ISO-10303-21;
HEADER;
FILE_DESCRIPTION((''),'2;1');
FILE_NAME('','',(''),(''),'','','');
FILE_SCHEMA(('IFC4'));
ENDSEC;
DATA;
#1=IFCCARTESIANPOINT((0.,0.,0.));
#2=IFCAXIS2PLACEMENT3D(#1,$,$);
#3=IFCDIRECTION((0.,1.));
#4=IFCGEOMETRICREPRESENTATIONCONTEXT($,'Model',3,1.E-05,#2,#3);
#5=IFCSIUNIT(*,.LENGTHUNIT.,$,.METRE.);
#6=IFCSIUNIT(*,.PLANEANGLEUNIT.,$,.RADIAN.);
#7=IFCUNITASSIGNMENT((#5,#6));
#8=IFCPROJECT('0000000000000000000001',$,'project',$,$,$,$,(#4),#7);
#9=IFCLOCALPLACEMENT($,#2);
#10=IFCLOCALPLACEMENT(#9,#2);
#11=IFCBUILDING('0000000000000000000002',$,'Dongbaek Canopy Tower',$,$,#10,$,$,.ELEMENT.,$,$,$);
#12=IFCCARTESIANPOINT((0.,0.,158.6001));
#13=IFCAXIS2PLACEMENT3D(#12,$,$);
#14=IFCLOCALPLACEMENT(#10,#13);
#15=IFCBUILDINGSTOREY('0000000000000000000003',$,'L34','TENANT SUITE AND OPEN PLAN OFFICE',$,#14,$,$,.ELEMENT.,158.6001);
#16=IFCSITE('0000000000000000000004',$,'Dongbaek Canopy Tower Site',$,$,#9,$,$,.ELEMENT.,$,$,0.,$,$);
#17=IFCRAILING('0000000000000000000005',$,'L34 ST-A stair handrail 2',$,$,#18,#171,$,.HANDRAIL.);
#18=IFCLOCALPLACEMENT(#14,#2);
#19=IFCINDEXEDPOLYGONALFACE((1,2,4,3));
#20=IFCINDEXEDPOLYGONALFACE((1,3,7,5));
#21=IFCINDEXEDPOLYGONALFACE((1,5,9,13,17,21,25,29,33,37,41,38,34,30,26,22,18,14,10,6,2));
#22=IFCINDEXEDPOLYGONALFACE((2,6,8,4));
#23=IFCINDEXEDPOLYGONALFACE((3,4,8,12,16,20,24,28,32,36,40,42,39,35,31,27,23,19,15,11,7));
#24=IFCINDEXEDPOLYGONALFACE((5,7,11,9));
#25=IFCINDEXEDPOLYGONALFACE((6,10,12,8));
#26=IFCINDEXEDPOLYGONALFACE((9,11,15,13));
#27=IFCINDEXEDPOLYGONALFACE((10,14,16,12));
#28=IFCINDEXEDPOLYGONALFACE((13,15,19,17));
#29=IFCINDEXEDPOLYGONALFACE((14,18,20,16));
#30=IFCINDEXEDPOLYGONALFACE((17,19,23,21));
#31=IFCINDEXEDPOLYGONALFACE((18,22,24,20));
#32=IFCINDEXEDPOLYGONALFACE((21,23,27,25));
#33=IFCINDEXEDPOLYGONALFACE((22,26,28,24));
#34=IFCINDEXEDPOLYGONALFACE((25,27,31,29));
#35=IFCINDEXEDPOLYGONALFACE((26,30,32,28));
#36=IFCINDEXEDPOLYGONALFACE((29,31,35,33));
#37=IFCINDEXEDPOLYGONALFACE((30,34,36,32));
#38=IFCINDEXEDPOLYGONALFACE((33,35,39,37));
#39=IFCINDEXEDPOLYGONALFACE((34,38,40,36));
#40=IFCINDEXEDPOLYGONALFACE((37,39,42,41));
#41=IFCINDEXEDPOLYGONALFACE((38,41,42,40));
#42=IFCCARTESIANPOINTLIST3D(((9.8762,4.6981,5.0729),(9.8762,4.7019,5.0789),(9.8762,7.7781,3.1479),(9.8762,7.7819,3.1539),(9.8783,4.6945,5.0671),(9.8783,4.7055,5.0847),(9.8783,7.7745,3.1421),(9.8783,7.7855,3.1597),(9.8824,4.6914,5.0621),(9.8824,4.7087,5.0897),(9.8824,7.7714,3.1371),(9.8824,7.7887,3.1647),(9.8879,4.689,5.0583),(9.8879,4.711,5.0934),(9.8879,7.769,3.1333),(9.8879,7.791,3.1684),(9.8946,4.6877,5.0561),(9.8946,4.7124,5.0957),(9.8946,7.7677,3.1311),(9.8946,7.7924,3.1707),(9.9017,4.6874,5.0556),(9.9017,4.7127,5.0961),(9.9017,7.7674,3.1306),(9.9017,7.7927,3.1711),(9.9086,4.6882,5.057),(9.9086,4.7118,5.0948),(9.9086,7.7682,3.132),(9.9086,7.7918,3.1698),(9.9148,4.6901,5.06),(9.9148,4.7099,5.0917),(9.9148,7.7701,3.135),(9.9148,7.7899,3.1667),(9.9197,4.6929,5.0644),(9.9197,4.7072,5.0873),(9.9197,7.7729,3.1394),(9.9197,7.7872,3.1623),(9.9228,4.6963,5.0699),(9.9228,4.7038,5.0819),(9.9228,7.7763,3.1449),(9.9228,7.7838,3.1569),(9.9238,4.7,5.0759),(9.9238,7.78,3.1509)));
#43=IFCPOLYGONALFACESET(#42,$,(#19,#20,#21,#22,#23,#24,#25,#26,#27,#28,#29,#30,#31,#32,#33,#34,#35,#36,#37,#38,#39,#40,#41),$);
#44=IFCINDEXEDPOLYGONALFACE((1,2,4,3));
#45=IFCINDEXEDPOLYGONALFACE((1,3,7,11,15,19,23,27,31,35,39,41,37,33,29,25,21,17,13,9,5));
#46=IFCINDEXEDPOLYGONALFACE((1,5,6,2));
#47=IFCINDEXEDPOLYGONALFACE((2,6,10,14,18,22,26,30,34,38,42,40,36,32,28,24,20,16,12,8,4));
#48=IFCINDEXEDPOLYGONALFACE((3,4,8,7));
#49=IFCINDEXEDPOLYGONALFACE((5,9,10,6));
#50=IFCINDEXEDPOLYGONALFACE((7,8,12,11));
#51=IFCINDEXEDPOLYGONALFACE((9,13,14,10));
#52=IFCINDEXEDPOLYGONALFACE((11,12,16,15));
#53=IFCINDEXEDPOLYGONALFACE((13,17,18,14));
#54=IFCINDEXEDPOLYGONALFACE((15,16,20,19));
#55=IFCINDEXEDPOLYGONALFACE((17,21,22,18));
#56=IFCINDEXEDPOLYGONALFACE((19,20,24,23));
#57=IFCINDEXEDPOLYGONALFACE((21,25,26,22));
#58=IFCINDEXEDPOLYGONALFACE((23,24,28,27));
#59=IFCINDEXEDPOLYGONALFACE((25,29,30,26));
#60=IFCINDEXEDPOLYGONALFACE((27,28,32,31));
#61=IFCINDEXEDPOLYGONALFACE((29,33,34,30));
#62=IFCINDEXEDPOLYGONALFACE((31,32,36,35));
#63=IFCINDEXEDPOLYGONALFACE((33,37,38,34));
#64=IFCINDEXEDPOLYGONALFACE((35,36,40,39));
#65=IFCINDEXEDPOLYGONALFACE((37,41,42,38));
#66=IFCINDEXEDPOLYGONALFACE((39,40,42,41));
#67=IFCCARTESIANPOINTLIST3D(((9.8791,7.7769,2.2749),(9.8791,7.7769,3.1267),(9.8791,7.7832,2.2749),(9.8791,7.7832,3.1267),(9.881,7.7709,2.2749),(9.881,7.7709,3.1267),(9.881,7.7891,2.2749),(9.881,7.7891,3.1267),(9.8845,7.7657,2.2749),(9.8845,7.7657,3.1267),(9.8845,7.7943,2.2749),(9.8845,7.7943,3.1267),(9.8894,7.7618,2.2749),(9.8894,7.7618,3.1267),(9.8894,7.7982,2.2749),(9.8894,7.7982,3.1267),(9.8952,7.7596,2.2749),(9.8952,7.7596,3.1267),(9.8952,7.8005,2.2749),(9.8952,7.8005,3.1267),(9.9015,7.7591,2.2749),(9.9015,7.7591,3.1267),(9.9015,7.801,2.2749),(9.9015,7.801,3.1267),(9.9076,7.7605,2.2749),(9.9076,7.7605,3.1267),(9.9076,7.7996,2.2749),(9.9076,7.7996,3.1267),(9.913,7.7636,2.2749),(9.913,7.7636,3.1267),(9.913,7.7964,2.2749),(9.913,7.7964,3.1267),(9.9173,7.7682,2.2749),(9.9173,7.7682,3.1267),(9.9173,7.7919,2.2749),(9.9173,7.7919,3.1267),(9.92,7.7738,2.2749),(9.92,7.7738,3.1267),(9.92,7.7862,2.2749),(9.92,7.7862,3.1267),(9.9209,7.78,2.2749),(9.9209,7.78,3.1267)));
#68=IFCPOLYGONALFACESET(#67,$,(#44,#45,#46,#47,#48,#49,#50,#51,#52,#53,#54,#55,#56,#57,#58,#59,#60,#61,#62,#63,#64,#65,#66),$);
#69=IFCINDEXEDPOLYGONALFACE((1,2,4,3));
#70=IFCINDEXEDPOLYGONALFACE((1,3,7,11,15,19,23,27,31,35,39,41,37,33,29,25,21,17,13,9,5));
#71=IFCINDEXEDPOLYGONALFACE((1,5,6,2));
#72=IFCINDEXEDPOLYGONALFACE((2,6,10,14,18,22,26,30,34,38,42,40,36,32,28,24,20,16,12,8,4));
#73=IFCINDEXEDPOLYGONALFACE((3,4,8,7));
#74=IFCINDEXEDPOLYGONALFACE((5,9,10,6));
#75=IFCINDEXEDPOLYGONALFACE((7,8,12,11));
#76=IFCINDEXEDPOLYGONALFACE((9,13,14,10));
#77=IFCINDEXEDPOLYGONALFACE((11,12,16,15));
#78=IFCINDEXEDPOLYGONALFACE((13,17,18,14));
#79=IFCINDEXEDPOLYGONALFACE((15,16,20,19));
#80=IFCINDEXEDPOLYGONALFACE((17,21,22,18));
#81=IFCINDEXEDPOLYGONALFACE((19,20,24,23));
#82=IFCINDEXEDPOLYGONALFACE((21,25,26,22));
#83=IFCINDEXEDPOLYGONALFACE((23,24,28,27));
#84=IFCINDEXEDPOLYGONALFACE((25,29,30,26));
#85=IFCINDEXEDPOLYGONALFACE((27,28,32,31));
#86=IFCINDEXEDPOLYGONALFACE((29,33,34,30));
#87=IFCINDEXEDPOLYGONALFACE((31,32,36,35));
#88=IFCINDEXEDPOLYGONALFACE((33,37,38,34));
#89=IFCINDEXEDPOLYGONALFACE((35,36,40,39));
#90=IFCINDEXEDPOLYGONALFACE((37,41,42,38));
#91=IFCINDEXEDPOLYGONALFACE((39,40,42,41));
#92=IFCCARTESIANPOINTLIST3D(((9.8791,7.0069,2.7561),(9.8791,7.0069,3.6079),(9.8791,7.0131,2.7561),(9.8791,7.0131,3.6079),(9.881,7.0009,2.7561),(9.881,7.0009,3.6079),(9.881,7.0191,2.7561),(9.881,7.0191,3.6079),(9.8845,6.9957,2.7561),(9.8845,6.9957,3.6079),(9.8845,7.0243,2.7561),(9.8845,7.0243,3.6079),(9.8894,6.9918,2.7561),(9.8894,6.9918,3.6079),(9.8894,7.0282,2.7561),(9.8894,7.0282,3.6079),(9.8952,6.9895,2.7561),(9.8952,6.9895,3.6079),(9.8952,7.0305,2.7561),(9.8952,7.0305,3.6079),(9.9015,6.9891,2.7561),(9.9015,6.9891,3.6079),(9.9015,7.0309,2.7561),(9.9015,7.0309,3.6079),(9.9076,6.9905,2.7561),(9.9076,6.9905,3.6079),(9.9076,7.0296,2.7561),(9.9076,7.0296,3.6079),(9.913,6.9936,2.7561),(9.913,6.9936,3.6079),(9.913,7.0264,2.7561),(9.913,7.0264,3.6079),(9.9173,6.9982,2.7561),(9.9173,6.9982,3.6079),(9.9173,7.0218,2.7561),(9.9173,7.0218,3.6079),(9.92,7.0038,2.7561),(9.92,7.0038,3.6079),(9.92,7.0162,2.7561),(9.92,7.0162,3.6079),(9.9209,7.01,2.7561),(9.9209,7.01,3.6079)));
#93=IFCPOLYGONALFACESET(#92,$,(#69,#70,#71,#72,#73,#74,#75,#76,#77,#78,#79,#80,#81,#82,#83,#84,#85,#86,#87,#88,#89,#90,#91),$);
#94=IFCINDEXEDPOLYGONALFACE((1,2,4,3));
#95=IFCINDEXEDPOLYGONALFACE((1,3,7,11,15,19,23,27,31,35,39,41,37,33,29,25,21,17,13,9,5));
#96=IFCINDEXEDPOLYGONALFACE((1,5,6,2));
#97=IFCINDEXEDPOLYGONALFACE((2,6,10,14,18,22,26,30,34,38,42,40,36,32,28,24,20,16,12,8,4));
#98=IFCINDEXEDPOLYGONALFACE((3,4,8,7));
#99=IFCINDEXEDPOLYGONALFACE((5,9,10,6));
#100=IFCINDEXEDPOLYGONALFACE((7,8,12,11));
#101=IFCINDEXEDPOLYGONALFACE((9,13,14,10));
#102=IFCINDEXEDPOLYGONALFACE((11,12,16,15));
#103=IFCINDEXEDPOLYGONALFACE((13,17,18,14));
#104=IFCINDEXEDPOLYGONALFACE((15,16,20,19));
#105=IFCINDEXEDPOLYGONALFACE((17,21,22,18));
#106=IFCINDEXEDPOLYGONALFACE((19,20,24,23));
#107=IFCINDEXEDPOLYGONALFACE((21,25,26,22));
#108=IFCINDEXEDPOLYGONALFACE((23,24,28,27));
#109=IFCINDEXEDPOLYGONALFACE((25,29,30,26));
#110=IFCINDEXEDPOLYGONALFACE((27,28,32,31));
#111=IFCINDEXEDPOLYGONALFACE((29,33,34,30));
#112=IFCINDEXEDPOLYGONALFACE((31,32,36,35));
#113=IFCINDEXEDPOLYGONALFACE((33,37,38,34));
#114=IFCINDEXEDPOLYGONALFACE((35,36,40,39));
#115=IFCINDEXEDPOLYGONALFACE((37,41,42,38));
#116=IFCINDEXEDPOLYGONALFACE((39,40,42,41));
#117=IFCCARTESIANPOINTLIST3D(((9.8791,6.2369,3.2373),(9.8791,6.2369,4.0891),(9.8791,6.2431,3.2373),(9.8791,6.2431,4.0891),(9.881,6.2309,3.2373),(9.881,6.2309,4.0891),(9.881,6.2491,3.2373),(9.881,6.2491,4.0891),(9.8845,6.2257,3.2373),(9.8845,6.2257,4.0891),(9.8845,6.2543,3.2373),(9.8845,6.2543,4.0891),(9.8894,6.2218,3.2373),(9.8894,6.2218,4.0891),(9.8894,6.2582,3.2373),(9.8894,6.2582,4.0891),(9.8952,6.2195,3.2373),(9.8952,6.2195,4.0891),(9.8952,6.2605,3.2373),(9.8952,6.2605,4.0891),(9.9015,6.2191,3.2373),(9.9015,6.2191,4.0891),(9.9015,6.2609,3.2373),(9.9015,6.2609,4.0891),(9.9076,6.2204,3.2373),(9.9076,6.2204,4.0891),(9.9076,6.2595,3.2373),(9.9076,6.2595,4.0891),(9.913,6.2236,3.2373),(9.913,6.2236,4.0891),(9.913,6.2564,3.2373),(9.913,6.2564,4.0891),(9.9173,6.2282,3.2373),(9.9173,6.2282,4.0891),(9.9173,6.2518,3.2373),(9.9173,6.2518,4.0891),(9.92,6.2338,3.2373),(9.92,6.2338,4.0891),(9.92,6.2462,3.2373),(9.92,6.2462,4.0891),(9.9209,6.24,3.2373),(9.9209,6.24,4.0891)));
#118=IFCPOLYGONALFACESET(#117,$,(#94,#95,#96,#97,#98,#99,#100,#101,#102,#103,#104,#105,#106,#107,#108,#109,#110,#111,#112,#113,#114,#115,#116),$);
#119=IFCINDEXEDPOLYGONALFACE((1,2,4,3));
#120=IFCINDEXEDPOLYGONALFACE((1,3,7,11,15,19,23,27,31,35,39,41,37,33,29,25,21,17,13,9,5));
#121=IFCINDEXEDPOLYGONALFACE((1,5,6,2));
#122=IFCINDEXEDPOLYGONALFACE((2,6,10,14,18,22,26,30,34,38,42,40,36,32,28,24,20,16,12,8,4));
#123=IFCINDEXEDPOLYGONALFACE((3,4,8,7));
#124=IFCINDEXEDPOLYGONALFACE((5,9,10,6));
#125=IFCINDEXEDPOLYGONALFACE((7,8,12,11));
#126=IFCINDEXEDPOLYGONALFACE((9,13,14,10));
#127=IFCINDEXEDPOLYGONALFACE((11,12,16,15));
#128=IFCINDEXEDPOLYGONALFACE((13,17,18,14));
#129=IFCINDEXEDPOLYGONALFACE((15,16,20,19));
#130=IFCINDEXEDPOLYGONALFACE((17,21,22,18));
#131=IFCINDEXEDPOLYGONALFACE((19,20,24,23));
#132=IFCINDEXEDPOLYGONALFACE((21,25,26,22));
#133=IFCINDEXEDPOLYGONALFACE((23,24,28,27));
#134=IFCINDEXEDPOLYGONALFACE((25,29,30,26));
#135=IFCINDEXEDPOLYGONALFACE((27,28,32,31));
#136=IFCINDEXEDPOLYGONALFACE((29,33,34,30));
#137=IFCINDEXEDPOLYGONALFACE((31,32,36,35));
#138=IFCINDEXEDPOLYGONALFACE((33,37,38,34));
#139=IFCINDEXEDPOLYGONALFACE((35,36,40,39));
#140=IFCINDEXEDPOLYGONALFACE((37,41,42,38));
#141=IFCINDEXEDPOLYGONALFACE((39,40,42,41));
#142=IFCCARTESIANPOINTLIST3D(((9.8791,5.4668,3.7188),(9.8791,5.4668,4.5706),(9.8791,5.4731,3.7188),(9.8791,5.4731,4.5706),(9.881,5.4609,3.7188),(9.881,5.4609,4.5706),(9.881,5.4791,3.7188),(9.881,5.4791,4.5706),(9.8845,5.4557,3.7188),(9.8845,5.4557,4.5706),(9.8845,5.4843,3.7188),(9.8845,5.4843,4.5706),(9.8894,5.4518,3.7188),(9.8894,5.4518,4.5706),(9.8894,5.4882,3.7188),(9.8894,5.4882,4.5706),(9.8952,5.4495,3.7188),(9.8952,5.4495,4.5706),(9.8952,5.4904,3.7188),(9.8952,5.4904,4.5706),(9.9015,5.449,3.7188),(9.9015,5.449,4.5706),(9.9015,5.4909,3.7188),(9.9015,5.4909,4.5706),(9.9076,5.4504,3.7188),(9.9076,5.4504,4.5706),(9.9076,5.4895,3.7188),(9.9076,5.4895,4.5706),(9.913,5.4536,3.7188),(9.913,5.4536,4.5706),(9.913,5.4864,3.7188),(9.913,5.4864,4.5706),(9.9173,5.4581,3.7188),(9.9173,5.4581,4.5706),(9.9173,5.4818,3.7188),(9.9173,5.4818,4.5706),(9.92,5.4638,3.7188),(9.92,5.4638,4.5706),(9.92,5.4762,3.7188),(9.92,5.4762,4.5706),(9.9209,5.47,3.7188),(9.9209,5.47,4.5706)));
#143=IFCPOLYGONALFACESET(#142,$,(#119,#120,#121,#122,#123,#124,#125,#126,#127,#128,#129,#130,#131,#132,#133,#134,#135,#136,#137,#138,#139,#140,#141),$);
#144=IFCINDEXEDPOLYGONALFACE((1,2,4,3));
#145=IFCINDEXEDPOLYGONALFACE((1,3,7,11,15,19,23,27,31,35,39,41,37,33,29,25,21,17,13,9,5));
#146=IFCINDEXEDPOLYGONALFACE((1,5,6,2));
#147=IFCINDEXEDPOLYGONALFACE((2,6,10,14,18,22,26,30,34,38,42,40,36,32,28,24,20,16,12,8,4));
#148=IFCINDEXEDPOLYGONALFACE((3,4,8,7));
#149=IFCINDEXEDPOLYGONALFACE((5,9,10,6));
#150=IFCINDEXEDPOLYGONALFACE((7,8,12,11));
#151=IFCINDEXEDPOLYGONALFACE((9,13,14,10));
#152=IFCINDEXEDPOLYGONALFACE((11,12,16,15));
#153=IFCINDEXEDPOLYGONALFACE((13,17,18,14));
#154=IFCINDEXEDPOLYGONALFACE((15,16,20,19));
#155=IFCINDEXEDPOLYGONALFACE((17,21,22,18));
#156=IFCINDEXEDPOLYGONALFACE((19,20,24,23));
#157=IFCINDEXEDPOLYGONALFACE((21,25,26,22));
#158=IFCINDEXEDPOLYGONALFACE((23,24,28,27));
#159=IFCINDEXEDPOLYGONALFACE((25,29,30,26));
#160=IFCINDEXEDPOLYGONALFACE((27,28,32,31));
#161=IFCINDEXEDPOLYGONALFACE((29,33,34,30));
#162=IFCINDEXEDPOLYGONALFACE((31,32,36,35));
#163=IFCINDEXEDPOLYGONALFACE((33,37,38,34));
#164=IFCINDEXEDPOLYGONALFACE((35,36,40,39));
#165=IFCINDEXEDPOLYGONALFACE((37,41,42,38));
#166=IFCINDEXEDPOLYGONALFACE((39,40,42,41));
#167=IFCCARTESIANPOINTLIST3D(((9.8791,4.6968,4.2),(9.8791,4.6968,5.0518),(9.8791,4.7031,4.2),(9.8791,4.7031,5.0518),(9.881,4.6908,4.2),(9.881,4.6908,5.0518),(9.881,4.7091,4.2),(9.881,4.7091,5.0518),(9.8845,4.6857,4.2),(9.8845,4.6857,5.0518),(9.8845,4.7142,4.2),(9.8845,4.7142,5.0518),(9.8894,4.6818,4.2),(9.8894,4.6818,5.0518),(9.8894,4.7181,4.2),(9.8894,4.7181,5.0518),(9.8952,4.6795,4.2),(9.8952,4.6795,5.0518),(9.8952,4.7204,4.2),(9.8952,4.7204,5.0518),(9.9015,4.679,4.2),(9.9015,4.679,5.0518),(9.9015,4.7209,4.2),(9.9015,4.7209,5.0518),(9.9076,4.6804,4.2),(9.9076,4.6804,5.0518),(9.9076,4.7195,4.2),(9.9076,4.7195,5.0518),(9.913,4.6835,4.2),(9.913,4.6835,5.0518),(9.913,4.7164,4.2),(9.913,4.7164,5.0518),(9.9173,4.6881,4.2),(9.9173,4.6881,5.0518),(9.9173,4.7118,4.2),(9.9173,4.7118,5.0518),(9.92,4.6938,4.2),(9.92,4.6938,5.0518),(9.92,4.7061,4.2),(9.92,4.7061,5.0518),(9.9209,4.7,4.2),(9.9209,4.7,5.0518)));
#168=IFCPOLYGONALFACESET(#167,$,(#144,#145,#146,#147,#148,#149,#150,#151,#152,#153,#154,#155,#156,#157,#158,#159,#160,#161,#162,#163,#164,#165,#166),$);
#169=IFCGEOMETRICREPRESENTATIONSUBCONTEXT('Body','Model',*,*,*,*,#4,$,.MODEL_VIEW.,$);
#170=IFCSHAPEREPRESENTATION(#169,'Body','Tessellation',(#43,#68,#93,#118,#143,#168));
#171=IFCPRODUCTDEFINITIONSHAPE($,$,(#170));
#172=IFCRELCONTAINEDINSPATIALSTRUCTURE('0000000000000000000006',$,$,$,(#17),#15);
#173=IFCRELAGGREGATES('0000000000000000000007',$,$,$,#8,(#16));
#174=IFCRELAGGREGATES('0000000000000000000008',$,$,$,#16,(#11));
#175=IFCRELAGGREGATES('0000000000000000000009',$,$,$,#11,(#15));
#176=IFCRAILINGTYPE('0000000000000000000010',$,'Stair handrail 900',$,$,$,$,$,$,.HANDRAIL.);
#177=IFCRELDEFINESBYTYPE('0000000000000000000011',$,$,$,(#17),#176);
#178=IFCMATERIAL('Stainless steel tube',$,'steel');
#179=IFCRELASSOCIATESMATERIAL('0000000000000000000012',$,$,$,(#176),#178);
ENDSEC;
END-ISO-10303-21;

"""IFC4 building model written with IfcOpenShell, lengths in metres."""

from ifc_helpers import new_model, si_unit, direction, frame, origin, origin_2d, place, context, subcontext, project, spatial, circle, extrude, material, type_object, element, save


model = new_model("IFC4")

# Units and contexts
model_context = context("Model", 3, precision=1e-05, world=origin(), true_north=direction((0.0, 1.0)))
body_context = subcontext(model_context, "Body", "Model", "MODEL_VIEW")
ifc_project = project(units=[si_unit("LENGTHUNIT", "METRE"), si_unit("PLANEANGLEUNIT", "RADIAN")], contexts=[model_context])

# Site, building, storey
site_placement = place(None, origin())
site = spatial("IfcSite", under=ifc_project, at=site_placement, Name="Dongbaek Canopy Tower Site", CompositionType="ELEMENT", RefElevation=0.0)
building_placement = place(site_placement, origin())
building = spatial("IfcBuilding", under=site, at=building_placement, Name="Dongbaek Canopy Tower", CompositionType="ELEMENT")
storey_placement = place(building_placement, frame((0.0, 0.0, 158.6001)))
storey = spatial("IfcBuildingStorey", under=building, at=storey_placement, Name="L34", Description="TENANT SUITE AND OPEN PLAN OFFICE", CompositionType="ELEMENT", Elevation=158.6001)

# Railing
ifc_material_1 = material(Name="Stainless steel tube", Category="steel")
railing_type_1 = type_object("IfcRailingType", Name="Stair handrail 900", PredefinedType="HANDRAIL", material=ifc_material_1)
railing_1_placement = place(storey_placement, frame((9.8999, 7.78, 2.2749)))
element("IfcRailing", 1, at=railing_1_placement, inside=storey, type_object=railing_type_1, Name="L34 ST-A stair handrail 2", PredefinedType="HANDRAIL", context=body_context, shape_type="SweptSolid", body=[
    extrude(circle(Radius=0.0239, at=origin_2d()), frame((0.0, 0.0, 0.876), z_axis=(0.0, -0.847998, 0.529999), x_axis=(1.0, 0.0, 0.0)), (0.0, 0.0, 1.0), 3.6321),
    extrude(circle(Radius=0.021, at=origin_2d()), origin(), (0.0, 0.0, 1.0), 0.8518),
    extrude(circle(Radius=0.021, at=origin_2d()), frame((0.0, -0.77, 0.4812)), (0.0, 0.0, 1.0), 0.8518),
    extrude(circle(Radius=0.021, at=origin_2d()), frame((0.0, -1.54, 0.9624)), (0.0, 0.0, 1.0), 0.8518),
    extrude(circle(Radius=0.021, at=origin_2d()), frame((0.0, -2.3101, 1.4438)), (0.0, 0.0, 1.0), 0.8518),
    extrude(circle(Radius=0.021, at=origin_2d()), frame((0.0, -3.0801, 1.925)), (0.0, 0.0, 1.0), 0.8518),
])

save(model, "model.ifc")
